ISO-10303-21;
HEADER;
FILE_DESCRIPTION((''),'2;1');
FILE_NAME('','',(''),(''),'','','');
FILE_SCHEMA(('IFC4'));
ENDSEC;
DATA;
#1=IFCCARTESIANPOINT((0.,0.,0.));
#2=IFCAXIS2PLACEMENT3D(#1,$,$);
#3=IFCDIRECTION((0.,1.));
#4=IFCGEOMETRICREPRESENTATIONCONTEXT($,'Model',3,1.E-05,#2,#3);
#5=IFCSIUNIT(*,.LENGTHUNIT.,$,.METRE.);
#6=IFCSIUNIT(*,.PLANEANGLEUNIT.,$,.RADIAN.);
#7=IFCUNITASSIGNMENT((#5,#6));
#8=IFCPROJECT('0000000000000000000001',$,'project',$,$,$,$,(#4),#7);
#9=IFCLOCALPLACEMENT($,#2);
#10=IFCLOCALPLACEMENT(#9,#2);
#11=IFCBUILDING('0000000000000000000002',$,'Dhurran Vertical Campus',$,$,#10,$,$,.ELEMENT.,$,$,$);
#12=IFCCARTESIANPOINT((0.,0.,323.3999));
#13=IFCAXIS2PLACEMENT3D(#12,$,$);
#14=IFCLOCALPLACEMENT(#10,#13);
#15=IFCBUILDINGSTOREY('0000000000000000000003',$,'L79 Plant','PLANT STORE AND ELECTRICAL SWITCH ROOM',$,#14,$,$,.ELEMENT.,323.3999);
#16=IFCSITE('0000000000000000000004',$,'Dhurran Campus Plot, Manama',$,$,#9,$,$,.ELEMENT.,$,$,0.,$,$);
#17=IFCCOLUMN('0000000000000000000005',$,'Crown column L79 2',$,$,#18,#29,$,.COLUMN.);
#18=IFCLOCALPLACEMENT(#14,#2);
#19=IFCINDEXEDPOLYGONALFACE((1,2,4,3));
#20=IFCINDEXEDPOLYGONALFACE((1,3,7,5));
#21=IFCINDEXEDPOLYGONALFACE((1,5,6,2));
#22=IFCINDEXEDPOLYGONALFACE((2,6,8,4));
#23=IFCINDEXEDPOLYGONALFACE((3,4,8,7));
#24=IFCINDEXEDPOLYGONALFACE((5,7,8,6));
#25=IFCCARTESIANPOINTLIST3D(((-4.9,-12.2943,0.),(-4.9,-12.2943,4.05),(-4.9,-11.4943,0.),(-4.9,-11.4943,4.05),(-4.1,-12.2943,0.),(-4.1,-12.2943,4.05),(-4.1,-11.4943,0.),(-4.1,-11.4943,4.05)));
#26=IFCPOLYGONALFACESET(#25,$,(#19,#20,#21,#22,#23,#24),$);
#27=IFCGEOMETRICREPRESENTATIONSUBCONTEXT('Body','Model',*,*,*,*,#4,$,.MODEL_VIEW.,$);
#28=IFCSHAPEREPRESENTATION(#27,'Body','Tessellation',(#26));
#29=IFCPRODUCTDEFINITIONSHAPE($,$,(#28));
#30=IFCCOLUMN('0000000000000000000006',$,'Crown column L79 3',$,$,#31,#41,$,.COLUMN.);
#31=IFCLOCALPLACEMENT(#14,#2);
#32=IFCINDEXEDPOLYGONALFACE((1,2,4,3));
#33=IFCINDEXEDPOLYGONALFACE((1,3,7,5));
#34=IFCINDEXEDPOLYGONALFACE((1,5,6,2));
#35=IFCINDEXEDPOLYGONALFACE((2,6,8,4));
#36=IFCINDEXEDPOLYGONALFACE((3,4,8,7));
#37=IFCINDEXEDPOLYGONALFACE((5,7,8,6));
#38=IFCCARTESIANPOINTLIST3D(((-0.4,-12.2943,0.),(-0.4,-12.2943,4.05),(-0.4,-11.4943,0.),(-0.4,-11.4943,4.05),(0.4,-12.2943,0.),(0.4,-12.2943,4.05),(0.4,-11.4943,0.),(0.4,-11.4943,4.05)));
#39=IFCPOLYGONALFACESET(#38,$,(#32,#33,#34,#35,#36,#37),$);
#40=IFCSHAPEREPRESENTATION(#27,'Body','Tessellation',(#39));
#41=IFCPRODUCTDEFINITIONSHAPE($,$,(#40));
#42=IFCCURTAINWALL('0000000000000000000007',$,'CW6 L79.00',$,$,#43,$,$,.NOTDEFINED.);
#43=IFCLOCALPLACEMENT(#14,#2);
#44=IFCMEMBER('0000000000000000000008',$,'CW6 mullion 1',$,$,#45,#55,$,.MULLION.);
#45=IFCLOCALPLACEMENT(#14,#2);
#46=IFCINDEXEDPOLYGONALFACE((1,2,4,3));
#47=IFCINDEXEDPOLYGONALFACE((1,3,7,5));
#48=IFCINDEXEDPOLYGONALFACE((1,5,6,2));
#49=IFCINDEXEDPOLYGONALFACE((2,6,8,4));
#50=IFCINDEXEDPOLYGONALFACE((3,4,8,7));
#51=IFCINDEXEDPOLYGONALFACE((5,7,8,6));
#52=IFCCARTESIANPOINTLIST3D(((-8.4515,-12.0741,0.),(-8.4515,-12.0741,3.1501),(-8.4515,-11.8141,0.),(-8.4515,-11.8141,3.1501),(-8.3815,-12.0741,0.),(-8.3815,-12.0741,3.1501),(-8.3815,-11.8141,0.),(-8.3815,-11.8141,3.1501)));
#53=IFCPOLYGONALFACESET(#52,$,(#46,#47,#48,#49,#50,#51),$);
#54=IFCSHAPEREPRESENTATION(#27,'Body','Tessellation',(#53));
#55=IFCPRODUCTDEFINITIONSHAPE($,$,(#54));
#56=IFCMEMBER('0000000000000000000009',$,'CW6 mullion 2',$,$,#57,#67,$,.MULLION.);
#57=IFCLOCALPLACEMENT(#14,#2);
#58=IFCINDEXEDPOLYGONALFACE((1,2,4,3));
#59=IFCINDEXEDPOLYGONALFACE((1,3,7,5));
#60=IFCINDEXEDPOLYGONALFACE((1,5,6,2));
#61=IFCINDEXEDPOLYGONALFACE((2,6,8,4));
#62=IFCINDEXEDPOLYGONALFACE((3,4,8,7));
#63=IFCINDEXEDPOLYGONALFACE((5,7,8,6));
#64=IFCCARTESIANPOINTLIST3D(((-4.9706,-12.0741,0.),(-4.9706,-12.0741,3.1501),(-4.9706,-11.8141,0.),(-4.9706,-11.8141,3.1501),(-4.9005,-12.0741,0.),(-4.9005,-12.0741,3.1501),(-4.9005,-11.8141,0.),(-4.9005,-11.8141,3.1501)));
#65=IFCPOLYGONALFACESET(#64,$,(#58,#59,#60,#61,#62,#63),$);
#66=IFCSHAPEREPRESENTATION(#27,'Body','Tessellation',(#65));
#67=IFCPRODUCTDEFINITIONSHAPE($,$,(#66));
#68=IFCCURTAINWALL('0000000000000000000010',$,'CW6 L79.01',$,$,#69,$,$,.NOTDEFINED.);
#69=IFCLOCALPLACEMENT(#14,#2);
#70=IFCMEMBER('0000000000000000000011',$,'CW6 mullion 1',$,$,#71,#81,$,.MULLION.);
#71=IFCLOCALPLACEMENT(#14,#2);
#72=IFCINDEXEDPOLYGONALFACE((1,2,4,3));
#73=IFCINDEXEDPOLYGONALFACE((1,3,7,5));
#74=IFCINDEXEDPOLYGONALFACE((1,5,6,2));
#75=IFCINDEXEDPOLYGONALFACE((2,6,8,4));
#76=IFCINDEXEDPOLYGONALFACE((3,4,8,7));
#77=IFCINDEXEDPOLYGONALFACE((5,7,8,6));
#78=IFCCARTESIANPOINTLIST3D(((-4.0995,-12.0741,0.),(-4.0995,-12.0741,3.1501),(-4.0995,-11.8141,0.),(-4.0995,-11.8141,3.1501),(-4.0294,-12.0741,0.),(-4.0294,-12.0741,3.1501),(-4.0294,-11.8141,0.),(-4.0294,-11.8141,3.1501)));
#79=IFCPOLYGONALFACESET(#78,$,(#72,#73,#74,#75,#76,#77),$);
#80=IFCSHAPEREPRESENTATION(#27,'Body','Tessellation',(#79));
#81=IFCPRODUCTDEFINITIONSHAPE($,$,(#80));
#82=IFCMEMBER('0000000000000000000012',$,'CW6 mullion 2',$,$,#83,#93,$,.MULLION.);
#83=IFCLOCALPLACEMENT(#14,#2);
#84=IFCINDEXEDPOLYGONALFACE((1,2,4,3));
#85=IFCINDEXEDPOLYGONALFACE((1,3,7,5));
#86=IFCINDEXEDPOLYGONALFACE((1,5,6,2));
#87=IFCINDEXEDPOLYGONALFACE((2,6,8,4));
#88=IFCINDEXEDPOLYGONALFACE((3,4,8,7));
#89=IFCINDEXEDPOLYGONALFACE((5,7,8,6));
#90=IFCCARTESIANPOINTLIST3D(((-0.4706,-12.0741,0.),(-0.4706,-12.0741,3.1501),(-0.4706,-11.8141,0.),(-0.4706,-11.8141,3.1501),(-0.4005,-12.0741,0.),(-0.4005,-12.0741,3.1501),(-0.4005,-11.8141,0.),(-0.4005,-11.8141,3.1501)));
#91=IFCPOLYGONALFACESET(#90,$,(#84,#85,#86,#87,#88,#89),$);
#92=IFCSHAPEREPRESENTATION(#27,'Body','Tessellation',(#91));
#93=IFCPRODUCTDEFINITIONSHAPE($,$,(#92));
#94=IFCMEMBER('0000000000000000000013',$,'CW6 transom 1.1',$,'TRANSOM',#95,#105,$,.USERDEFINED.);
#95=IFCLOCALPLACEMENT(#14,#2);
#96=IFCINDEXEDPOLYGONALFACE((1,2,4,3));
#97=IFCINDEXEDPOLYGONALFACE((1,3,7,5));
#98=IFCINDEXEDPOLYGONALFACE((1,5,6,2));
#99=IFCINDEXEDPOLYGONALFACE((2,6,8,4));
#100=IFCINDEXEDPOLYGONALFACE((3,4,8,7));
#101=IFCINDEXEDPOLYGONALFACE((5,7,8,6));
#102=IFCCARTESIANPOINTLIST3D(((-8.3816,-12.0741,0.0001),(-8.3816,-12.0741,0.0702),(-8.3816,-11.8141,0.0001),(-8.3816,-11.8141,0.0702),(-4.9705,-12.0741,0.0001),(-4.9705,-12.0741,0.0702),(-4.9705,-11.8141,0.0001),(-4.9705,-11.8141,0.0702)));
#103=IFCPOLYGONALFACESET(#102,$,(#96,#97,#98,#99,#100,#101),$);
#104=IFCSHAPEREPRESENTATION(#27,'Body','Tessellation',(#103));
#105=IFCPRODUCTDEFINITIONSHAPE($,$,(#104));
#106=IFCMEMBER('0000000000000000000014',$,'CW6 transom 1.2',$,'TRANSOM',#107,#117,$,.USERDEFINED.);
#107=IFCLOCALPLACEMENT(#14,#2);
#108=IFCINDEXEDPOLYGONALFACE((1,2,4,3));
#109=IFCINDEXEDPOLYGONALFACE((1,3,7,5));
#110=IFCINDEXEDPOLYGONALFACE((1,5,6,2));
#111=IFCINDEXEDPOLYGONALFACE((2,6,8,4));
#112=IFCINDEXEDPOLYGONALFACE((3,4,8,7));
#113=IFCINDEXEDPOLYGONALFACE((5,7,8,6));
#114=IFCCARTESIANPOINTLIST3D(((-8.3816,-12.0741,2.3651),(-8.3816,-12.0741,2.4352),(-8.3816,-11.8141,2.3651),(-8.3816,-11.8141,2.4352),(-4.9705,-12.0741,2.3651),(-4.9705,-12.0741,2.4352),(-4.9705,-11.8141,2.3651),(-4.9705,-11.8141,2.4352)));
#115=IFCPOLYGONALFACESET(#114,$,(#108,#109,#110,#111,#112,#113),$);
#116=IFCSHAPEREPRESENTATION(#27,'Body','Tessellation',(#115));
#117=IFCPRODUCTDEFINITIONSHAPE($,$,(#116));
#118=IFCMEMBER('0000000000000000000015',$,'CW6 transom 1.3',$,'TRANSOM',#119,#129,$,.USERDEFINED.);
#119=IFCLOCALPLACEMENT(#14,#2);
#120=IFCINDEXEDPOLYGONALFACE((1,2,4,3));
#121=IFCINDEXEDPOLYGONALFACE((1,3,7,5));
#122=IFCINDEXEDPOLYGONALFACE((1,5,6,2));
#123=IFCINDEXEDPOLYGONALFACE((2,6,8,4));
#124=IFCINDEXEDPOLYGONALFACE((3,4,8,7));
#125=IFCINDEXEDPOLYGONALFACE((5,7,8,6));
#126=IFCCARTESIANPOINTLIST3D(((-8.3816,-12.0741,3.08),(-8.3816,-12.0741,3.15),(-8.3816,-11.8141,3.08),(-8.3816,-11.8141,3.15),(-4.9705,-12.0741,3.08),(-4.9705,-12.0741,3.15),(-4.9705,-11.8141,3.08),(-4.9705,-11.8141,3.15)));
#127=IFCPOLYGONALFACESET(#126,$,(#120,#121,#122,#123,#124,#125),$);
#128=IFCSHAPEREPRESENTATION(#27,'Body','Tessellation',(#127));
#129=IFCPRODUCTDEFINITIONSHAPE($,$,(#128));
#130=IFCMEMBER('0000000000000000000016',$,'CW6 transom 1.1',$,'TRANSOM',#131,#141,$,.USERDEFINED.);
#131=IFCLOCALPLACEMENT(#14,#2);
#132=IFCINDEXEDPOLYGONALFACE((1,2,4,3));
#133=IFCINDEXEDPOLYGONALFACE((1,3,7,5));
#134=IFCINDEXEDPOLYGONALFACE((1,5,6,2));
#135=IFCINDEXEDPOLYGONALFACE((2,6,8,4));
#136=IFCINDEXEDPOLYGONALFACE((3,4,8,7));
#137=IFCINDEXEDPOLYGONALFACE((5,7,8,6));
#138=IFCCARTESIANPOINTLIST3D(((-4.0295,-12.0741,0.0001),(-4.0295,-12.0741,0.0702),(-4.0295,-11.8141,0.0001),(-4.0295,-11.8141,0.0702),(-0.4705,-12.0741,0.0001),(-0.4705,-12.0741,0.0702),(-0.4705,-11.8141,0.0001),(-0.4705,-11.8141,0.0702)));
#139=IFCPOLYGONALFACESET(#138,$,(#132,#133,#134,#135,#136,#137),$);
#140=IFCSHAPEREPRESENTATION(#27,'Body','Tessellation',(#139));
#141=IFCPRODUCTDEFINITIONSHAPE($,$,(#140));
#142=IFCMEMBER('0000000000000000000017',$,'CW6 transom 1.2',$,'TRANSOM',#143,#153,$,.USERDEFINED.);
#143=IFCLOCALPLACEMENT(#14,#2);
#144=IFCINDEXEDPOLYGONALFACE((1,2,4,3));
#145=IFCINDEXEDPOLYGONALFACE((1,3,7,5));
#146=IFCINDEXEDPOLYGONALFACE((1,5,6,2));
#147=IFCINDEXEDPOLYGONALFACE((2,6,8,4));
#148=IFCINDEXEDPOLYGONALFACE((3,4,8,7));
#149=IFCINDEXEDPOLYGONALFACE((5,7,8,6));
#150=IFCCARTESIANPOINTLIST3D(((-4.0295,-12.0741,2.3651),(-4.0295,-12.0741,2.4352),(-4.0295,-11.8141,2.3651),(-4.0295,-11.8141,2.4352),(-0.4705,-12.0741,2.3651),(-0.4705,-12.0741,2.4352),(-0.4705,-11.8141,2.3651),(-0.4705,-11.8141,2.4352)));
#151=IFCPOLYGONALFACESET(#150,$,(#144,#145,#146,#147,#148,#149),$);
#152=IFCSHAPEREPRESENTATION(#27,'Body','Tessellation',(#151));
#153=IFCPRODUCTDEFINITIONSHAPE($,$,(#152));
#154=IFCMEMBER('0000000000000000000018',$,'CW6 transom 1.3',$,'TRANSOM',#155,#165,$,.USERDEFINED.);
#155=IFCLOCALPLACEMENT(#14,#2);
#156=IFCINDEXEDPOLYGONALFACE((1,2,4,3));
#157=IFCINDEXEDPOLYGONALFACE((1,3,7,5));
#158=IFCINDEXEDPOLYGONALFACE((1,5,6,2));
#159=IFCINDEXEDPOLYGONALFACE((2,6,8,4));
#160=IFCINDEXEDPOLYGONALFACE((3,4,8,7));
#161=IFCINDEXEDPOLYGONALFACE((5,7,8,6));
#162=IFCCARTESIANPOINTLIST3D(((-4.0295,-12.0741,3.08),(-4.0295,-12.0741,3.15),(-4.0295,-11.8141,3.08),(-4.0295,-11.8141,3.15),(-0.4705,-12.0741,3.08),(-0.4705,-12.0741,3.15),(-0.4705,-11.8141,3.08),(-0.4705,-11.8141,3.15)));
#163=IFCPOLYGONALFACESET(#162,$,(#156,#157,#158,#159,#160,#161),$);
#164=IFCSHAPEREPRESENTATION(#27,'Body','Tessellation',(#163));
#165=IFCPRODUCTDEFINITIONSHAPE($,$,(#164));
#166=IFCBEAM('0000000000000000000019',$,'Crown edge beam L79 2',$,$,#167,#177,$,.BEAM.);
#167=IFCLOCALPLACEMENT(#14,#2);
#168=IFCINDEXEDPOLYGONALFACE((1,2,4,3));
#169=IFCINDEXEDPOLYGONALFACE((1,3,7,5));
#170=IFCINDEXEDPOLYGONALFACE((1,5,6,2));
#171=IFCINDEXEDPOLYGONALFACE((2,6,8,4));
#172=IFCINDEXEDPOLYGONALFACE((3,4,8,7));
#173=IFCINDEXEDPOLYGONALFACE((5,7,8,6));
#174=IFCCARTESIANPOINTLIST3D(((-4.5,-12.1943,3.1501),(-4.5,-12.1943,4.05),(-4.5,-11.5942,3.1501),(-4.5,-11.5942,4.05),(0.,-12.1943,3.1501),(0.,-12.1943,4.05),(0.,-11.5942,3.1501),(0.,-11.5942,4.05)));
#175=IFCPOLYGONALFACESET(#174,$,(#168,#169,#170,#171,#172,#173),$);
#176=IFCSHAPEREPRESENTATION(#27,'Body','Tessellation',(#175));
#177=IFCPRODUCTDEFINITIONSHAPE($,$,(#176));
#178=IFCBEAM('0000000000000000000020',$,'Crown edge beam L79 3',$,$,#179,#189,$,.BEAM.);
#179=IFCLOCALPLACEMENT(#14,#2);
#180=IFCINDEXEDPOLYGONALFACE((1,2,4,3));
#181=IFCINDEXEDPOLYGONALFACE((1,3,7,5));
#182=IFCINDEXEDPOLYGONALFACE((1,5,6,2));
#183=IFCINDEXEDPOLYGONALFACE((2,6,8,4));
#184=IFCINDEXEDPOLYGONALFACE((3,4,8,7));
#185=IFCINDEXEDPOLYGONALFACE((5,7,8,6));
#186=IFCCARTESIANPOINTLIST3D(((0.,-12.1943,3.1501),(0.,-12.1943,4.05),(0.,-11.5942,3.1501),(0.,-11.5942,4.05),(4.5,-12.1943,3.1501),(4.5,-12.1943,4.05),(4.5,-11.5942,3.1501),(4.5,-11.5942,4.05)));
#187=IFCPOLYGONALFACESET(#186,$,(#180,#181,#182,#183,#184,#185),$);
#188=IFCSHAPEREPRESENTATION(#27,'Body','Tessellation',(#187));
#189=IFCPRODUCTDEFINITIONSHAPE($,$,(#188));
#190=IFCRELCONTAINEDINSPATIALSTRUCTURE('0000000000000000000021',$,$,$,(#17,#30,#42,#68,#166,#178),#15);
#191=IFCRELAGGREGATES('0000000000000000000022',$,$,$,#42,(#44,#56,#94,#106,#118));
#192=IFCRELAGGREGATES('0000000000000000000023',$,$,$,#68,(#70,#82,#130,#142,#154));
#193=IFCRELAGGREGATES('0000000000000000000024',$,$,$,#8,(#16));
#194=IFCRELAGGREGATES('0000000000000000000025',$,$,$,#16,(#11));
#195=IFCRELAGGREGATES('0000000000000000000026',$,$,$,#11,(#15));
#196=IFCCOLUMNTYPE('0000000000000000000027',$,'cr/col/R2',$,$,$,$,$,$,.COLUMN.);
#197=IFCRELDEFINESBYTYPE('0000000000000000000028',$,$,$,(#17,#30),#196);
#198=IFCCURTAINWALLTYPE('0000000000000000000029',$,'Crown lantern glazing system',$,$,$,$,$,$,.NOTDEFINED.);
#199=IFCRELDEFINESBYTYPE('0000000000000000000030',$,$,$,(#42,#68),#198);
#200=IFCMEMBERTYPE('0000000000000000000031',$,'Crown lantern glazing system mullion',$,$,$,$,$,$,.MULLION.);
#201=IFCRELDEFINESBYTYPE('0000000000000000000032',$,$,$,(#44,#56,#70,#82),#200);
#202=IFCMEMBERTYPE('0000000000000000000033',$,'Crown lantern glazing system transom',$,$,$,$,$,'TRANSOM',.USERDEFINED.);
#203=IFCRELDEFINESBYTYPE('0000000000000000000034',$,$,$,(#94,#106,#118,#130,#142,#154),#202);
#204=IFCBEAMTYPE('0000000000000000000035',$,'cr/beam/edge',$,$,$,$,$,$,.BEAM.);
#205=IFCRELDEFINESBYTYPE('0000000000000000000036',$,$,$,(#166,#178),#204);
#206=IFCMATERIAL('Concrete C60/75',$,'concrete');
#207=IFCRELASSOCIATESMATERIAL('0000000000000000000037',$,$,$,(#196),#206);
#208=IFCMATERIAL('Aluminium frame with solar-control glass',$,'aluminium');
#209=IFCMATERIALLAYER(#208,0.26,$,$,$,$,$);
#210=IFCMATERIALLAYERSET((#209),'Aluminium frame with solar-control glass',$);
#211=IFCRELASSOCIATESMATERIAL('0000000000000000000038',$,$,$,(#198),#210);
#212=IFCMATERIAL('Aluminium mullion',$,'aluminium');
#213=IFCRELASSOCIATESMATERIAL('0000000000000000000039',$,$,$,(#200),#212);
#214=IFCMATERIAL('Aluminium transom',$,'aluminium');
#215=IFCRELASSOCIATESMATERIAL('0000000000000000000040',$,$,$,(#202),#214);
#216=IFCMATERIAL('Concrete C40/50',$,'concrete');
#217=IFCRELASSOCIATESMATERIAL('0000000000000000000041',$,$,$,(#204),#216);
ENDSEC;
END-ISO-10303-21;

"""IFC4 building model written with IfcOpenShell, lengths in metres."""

from ifc_helpers import new_model, si_unit, direction, frame, origin, origin_2d, place, context, subcontext, project, spatial, rectangle, extrude, material, layer, layer_set, material_profile, profile_set, type_object, element, aggregate, save


model = new_model("IFC4")

# Units and contexts
model_context = context("Model", 3, precision=1e-05, world=origin(), true_north=direction((0.0, 1.0)))
body_context = subcontext(model_context, "Body", "Model", "MODEL_VIEW")
ifc_project = project(units=[si_unit("LENGTHUNIT", "METRE"), si_unit("PLANEANGLEUNIT", "RADIAN")], contexts=[model_context])

# Site, building, storey
site_placement = place(None, origin())
site = spatial("IfcSite", under=ifc_project, at=site_placement, Name="Dhurran Campus Plot, Manama", CompositionType="ELEMENT", RefElevation=0.0)
building_placement = place(site_placement, origin())
building = spatial("IfcBuilding", under=site, at=building_placement, Name="Dhurran Vertical Campus", CompositionType="ELEMENT")
storey_placement = place(building_placement, frame((0.0, 0.0, 323.3999)))
storey = spatial("IfcBuildingStorey", under=building, at=storey_placement, Name="L79 Plant", Description="PLANT STORE AND ELECTRICAL SWITCH ROOM", CompositionType="ELEMENT", Elevation=323.3999)

# Columns
ifc_material_1 = material(Name="Concrete C60/75", Category="concrete")
ifc_material_profile_1 = material_profile(ifc_material_1, rectangle(XDim=0.8, YDim=0.8, at=origin_2d()), Name="cr/col/R2")
ifc_profile_set_1 = profile_set([ifc_material_profile_1], Name="Concrete C60/75")
column_type = type_object("IfcColumnType", Name="cr/col/R2", PredefinedType="COLUMN", material=ifc_profile_set_1)
for number, where, z_axis, x_axis, name in (
    (1, (-4.5, -11.8943, 0.0), (0.0, 0.0, 1.0), (1.0, 0.0, 0.0), "Crown column L79 2"),
    (2, (0.0, -11.8943, 0.0), (0.0, 0.0, 1.0), (1.0, 0.0, 0.0), "Crown column L79 3"),
):
    element("IfcColumn", number, at=place(storey_placement, frame(where, z_axis=z_axis, x_axis=x_axis)), inside=storey, type_object=column_type, Name=name, PredefinedType="COLUMN", context=body_context, shape_type="SweptSolid", body=[
        extrude(rectangle(XDim=0.8, YDim=0.8, at=origin_2d()), origin(), (0.0, 0.0, 1.0), 4.05),
    ])

# Curtain walls, members
ifc_material_2 = material(Name="Aluminium frame with solar-control glass", Category="aluminium")
ifc_layer_1 = layer(ifc_material_2, 0.26)
ifc_layer_set_1 = layer_set([ifc_layer_1], Name="Aluminium frame with solar-control glass")
curtain_wall_type = type_object("IfcCurtainWallType", Name="Crown lantern glazing system", PredefinedType="NOTDEFINED", material=ifc_layer_set_1)
curtain_wall_1_placement = place(storey_placement, origin())
curtain_wall_1 = element("IfcCurtainWall", 3, at=curtain_wall_1_placement, inside=storey, type_object=curtain_wall_type, Name="CW6 L79.00", PredefinedType="NOTDEFINED")
ifc_material_3 = material(Name="Aluminium mullion", Category="aluminium")
ifc_material_profile_2 = material_profile(ifc_material_3, rectangle(XDim=0.26, YDim=0.0701, at=origin_2d()), Name="Crown lantern glazing system mullion")
ifc_profile_set_2 = profile_set([ifc_material_profile_2], Name="Aluminium mullion")
member_type_1 = type_object("IfcMemberType", Name="Crown lantern glazing system mullion", PredefinedType="MULLION", material=ifc_profile_set_2)
member_1_placement = place(storey_placement, frame((-8.4165, -11.9441, 0.0), z_axis=(0.0, 0.0, 1.0), x_axis=(0.0, 1.0, 0.0)))
member_1 = element("IfcMember", 4, at=member_1_placement, type_object=member_type_1, Name="CW6 mullion 1", PredefinedType="MULLION", context=body_context, shape_type="SweptSolid", body=[
    extrude(rectangle(XDim=0.26, YDim=0.0701, at=origin_2d()), origin(), (0.0, 0.0, 1.0), 3.1501),
])
member_2_placement = place(storey_placement, frame((-4.9355, -11.9441, 0.0), z_axis=(0.0, 0.0, 1.0), x_axis=(0.0, 1.0, 0.0)))
member_2 = element("IfcMember", 5, at=member_2_placement, type_object=member_type_1, Name="CW6 mullion 2", PredefinedType="MULLION", context=body_context, shape_type="SweptSolid", body=[
    extrude(rectangle(XDim=0.26, YDim=0.0701, at=origin_2d()), origin(), (0.0, 0.0, 1.0), 3.1501),
])
curtain_wall_2_placement = place(storey_placement, origin())
curtain_wall_2 = element("IfcCurtainWall", 6, at=curtain_wall_2_placement, inside=storey, type_object=curtain_wall_type, Name="CW6 L79.01", PredefinedType="NOTDEFINED")
member_3_placement = place(storey_placement, frame((-4.0645, -11.9441, 0.0), z_axis=(0.0, 0.0, 1.0), x_axis=(0.0, 1.0, 0.0)))
member_3 = element("IfcMember", 7, at=member_3_placement, type_object=member_type_1, Name="CW6 mullion 1", PredefinedType="MULLION", context=body_context, shape_type="SweptSolid", body=[
    extrude(rectangle(XDim=0.26, YDim=0.0701, at=origin_2d()), origin(), (0.0, 0.0, 1.0), 3.1501),
])
member_4_placement = place(storey_placement, frame((-0.4355, -11.9441, 0.0), z_axis=(0.0, 0.0, 1.0), x_axis=(0.0, 1.0, 0.0)))
member_4 = element("IfcMember", 8, at=member_4_placement, type_object=member_type_1, Name="CW6 mullion 2", PredefinedType="MULLION", context=body_context, shape_type="SweptSolid", body=[
    extrude(rectangle(XDim=0.26, YDim=0.0701, at=origin_2d()), origin(), (0.0, 0.0, 1.0), 3.1501),
])

# Members
ifc_material_4 = material(Name="Aluminium transom", Category="aluminium")
ifc_material_profile_3 = material_profile(ifc_material_4, rectangle(XDim=0.26, YDim=0.0701, at=origin_2d()), Name="Crown lantern glazing system transom")
ifc_profile_set_3 = profile_set([ifc_material_profile_3], Name="Aluminium transom")
member_type_2 = type_object("IfcMemberType", Name="Crown lantern glazing system transom", ElementType="TRANSOM", PredefinedType="USERDEFINED", material=ifc_profile_set_3)
member_5_placement = place(storey_placement, frame((-8.3816, -11.9441, 0.0352), z_axis=(1.0, 0.0, 0.0), x_axis=(0.0, 1.0, 0.0)))
member_5 = element("IfcMember", 9, at=member_5_placement, type_object=member_type_2, Name="CW6 transom 1.1", ObjectType="TRANSOM", PredefinedType="USERDEFINED", context=body_context, shape_type="SweptSolid", body=[
    extrude(rectangle(XDim=0.26, YDim=0.0701, at=origin_2d()), origin(), (0.0, 0.0, 1.0), 3.4111),
])
member_6_placement = place(storey_placement, frame((-8.3816, -11.9441, 2.4001), z_axis=(1.0, 0.0, 0.0), x_axis=(0.0, 1.0, 0.0)))
member_6 = element("IfcMember", 10, at=member_6_placement, type_object=member_type_2, Name="CW6 transom 1.2", ObjectType="TRANSOM", PredefinedType="USERDEFINED", context=body_context, shape_type="SweptSolid", body=[
    extrude(rectangle(XDim=0.26, YDim=0.0701, at=origin_2d()), origin(), (0.0, 0.0, 1.0), 3.4111),
])
member_7_placement = place(storey_placement, frame((-8.3816, -11.9441, 3.115), z_axis=(1.0, 0.0, 0.0), x_axis=(0.0, 1.0, 0.0)))
member_7 = element("IfcMember", 11, at=member_7_placement, type_object=member_type_2, Name="CW6 transom 1.3", ObjectType="TRANSOM", PredefinedType="USERDEFINED", context=body_context, shape_type="SweptSolid", body=[
    extrude(rectangle(XDim=0.26, YDim=0.0701, at=origin_2d()), origin(), (0.0, 0.0, 1.0), 3.4111),
])
member_8_placement = place(storey_placement, frame((-4.0295, -11.9441, 0.0352), z_axis=(1.0, 0.0, 0.0), x_axis=(0.0, 1.0, 0.0)))
member_8 = element("IfcMember", 12, at=member_8_placement, type_object=member_type_2, Name="CW6 transom 1.1", ObjectType="TRANSOM", PredefinedType="USERDEFINED", context=body_context, shape_type="SweptSolid", body=[
    extrude(rectangle(XDim=0.26, YDim=0.0701, at=origin_2d()), origin(), (0.0, 0.0, 1.0), 3.5591),
])
member_9_placement = place(storey_placement, frame((-4.0295, -11.9441, 2.4001), z_axis=(1.0, 0.0, 0.0), x_axis=(0.0, 1.0, 0.0)))
member_9 = element("IfcMember", 13, at=member_9_placement, type_object=member_type_2, Name="CW6 transom 1.2", ObjectType="TRANSOM", PredefinedType="USERDEFINED", context=body_context, shape_type="SweptSolid", body=[
    extrude(rectangle(XDim=0.26, YDim=0.0701, at=origin_2d()), origin(), (0.0, 0.0, 1.0), 3.5591),
])
member_10_placement = place(storey_placement, frame((-4.0295, -11.9441, 3.115), z_axis=(1.0, 0.0, 0.0), x_axis=(0.0, 1.0, 0.0)))
member_10 = element("IfcMember", 14, at=member_10_placement, type_object=member_type_2, Name="CW6 transom 1.3", ObjectType="TRANSOM", PredefinedType="USERDEFINED", context=body_context, shape_type="SweptSolid", body=[
    extrude(rectangle(XDim=0.26, YDim=0.0701, at=origin_2d()), origin(), (0.0, 0.0, 1.0), 3.5591),
])

# Beams
ifc_material_5 = material(Name="Concrete C40/50", Category="concrete")
ifc_material_profile_4 = material_profile(ifc_material_5, rectangle(XDim=0.6001, YDim=0.8999, at=origin_2d()), Name="cr/beam/edge")
ifc_profile_set_4 = profile_set([ifc_material_profile_4], Name="Concrete C40/50")
beam_type = type_object("IfcBeamType", Name="cr/beam/edge", PredefinedType="BEAM", material=ifc_profile_set_4)
for number, where, z_axis, x_axis, name in (
    (15, (-4.5, -11.8943, 3.6001), (1.0, 0.0, 0.0), (0.0, 1.0, 0.0), "Crown edge beam L79 2"),
    (16, (0.0, -11.8943, 3.6001), (1.0, 0.0, 0.0), (0.0, 1.0, 0.0), "Crown edge beam L79 3"),
):
    element("IfcBeam", number, at=place(storey_placement, frame(where, z_axis=z_axis, x_axis=x_axis)), inside=storey, type_object=beam_type, Name=name, PredefinedType="BEAM", context=body_context, shape_type="SweptSolid", body=[
        extrude(rectangle(XDim=0.6001, YDim=0.8999, at=origin_2d()), origin(), (0.0, 0.0, 1.0), 4.5),
    ])

aggregate(curtain_wall_1, [member_1, member_2, member_5, member_6, member_7])
aggregate(curtain_wall_2, [member_3, member_4, member_8, member_9, member_10])

save(model, "model.ifc")
